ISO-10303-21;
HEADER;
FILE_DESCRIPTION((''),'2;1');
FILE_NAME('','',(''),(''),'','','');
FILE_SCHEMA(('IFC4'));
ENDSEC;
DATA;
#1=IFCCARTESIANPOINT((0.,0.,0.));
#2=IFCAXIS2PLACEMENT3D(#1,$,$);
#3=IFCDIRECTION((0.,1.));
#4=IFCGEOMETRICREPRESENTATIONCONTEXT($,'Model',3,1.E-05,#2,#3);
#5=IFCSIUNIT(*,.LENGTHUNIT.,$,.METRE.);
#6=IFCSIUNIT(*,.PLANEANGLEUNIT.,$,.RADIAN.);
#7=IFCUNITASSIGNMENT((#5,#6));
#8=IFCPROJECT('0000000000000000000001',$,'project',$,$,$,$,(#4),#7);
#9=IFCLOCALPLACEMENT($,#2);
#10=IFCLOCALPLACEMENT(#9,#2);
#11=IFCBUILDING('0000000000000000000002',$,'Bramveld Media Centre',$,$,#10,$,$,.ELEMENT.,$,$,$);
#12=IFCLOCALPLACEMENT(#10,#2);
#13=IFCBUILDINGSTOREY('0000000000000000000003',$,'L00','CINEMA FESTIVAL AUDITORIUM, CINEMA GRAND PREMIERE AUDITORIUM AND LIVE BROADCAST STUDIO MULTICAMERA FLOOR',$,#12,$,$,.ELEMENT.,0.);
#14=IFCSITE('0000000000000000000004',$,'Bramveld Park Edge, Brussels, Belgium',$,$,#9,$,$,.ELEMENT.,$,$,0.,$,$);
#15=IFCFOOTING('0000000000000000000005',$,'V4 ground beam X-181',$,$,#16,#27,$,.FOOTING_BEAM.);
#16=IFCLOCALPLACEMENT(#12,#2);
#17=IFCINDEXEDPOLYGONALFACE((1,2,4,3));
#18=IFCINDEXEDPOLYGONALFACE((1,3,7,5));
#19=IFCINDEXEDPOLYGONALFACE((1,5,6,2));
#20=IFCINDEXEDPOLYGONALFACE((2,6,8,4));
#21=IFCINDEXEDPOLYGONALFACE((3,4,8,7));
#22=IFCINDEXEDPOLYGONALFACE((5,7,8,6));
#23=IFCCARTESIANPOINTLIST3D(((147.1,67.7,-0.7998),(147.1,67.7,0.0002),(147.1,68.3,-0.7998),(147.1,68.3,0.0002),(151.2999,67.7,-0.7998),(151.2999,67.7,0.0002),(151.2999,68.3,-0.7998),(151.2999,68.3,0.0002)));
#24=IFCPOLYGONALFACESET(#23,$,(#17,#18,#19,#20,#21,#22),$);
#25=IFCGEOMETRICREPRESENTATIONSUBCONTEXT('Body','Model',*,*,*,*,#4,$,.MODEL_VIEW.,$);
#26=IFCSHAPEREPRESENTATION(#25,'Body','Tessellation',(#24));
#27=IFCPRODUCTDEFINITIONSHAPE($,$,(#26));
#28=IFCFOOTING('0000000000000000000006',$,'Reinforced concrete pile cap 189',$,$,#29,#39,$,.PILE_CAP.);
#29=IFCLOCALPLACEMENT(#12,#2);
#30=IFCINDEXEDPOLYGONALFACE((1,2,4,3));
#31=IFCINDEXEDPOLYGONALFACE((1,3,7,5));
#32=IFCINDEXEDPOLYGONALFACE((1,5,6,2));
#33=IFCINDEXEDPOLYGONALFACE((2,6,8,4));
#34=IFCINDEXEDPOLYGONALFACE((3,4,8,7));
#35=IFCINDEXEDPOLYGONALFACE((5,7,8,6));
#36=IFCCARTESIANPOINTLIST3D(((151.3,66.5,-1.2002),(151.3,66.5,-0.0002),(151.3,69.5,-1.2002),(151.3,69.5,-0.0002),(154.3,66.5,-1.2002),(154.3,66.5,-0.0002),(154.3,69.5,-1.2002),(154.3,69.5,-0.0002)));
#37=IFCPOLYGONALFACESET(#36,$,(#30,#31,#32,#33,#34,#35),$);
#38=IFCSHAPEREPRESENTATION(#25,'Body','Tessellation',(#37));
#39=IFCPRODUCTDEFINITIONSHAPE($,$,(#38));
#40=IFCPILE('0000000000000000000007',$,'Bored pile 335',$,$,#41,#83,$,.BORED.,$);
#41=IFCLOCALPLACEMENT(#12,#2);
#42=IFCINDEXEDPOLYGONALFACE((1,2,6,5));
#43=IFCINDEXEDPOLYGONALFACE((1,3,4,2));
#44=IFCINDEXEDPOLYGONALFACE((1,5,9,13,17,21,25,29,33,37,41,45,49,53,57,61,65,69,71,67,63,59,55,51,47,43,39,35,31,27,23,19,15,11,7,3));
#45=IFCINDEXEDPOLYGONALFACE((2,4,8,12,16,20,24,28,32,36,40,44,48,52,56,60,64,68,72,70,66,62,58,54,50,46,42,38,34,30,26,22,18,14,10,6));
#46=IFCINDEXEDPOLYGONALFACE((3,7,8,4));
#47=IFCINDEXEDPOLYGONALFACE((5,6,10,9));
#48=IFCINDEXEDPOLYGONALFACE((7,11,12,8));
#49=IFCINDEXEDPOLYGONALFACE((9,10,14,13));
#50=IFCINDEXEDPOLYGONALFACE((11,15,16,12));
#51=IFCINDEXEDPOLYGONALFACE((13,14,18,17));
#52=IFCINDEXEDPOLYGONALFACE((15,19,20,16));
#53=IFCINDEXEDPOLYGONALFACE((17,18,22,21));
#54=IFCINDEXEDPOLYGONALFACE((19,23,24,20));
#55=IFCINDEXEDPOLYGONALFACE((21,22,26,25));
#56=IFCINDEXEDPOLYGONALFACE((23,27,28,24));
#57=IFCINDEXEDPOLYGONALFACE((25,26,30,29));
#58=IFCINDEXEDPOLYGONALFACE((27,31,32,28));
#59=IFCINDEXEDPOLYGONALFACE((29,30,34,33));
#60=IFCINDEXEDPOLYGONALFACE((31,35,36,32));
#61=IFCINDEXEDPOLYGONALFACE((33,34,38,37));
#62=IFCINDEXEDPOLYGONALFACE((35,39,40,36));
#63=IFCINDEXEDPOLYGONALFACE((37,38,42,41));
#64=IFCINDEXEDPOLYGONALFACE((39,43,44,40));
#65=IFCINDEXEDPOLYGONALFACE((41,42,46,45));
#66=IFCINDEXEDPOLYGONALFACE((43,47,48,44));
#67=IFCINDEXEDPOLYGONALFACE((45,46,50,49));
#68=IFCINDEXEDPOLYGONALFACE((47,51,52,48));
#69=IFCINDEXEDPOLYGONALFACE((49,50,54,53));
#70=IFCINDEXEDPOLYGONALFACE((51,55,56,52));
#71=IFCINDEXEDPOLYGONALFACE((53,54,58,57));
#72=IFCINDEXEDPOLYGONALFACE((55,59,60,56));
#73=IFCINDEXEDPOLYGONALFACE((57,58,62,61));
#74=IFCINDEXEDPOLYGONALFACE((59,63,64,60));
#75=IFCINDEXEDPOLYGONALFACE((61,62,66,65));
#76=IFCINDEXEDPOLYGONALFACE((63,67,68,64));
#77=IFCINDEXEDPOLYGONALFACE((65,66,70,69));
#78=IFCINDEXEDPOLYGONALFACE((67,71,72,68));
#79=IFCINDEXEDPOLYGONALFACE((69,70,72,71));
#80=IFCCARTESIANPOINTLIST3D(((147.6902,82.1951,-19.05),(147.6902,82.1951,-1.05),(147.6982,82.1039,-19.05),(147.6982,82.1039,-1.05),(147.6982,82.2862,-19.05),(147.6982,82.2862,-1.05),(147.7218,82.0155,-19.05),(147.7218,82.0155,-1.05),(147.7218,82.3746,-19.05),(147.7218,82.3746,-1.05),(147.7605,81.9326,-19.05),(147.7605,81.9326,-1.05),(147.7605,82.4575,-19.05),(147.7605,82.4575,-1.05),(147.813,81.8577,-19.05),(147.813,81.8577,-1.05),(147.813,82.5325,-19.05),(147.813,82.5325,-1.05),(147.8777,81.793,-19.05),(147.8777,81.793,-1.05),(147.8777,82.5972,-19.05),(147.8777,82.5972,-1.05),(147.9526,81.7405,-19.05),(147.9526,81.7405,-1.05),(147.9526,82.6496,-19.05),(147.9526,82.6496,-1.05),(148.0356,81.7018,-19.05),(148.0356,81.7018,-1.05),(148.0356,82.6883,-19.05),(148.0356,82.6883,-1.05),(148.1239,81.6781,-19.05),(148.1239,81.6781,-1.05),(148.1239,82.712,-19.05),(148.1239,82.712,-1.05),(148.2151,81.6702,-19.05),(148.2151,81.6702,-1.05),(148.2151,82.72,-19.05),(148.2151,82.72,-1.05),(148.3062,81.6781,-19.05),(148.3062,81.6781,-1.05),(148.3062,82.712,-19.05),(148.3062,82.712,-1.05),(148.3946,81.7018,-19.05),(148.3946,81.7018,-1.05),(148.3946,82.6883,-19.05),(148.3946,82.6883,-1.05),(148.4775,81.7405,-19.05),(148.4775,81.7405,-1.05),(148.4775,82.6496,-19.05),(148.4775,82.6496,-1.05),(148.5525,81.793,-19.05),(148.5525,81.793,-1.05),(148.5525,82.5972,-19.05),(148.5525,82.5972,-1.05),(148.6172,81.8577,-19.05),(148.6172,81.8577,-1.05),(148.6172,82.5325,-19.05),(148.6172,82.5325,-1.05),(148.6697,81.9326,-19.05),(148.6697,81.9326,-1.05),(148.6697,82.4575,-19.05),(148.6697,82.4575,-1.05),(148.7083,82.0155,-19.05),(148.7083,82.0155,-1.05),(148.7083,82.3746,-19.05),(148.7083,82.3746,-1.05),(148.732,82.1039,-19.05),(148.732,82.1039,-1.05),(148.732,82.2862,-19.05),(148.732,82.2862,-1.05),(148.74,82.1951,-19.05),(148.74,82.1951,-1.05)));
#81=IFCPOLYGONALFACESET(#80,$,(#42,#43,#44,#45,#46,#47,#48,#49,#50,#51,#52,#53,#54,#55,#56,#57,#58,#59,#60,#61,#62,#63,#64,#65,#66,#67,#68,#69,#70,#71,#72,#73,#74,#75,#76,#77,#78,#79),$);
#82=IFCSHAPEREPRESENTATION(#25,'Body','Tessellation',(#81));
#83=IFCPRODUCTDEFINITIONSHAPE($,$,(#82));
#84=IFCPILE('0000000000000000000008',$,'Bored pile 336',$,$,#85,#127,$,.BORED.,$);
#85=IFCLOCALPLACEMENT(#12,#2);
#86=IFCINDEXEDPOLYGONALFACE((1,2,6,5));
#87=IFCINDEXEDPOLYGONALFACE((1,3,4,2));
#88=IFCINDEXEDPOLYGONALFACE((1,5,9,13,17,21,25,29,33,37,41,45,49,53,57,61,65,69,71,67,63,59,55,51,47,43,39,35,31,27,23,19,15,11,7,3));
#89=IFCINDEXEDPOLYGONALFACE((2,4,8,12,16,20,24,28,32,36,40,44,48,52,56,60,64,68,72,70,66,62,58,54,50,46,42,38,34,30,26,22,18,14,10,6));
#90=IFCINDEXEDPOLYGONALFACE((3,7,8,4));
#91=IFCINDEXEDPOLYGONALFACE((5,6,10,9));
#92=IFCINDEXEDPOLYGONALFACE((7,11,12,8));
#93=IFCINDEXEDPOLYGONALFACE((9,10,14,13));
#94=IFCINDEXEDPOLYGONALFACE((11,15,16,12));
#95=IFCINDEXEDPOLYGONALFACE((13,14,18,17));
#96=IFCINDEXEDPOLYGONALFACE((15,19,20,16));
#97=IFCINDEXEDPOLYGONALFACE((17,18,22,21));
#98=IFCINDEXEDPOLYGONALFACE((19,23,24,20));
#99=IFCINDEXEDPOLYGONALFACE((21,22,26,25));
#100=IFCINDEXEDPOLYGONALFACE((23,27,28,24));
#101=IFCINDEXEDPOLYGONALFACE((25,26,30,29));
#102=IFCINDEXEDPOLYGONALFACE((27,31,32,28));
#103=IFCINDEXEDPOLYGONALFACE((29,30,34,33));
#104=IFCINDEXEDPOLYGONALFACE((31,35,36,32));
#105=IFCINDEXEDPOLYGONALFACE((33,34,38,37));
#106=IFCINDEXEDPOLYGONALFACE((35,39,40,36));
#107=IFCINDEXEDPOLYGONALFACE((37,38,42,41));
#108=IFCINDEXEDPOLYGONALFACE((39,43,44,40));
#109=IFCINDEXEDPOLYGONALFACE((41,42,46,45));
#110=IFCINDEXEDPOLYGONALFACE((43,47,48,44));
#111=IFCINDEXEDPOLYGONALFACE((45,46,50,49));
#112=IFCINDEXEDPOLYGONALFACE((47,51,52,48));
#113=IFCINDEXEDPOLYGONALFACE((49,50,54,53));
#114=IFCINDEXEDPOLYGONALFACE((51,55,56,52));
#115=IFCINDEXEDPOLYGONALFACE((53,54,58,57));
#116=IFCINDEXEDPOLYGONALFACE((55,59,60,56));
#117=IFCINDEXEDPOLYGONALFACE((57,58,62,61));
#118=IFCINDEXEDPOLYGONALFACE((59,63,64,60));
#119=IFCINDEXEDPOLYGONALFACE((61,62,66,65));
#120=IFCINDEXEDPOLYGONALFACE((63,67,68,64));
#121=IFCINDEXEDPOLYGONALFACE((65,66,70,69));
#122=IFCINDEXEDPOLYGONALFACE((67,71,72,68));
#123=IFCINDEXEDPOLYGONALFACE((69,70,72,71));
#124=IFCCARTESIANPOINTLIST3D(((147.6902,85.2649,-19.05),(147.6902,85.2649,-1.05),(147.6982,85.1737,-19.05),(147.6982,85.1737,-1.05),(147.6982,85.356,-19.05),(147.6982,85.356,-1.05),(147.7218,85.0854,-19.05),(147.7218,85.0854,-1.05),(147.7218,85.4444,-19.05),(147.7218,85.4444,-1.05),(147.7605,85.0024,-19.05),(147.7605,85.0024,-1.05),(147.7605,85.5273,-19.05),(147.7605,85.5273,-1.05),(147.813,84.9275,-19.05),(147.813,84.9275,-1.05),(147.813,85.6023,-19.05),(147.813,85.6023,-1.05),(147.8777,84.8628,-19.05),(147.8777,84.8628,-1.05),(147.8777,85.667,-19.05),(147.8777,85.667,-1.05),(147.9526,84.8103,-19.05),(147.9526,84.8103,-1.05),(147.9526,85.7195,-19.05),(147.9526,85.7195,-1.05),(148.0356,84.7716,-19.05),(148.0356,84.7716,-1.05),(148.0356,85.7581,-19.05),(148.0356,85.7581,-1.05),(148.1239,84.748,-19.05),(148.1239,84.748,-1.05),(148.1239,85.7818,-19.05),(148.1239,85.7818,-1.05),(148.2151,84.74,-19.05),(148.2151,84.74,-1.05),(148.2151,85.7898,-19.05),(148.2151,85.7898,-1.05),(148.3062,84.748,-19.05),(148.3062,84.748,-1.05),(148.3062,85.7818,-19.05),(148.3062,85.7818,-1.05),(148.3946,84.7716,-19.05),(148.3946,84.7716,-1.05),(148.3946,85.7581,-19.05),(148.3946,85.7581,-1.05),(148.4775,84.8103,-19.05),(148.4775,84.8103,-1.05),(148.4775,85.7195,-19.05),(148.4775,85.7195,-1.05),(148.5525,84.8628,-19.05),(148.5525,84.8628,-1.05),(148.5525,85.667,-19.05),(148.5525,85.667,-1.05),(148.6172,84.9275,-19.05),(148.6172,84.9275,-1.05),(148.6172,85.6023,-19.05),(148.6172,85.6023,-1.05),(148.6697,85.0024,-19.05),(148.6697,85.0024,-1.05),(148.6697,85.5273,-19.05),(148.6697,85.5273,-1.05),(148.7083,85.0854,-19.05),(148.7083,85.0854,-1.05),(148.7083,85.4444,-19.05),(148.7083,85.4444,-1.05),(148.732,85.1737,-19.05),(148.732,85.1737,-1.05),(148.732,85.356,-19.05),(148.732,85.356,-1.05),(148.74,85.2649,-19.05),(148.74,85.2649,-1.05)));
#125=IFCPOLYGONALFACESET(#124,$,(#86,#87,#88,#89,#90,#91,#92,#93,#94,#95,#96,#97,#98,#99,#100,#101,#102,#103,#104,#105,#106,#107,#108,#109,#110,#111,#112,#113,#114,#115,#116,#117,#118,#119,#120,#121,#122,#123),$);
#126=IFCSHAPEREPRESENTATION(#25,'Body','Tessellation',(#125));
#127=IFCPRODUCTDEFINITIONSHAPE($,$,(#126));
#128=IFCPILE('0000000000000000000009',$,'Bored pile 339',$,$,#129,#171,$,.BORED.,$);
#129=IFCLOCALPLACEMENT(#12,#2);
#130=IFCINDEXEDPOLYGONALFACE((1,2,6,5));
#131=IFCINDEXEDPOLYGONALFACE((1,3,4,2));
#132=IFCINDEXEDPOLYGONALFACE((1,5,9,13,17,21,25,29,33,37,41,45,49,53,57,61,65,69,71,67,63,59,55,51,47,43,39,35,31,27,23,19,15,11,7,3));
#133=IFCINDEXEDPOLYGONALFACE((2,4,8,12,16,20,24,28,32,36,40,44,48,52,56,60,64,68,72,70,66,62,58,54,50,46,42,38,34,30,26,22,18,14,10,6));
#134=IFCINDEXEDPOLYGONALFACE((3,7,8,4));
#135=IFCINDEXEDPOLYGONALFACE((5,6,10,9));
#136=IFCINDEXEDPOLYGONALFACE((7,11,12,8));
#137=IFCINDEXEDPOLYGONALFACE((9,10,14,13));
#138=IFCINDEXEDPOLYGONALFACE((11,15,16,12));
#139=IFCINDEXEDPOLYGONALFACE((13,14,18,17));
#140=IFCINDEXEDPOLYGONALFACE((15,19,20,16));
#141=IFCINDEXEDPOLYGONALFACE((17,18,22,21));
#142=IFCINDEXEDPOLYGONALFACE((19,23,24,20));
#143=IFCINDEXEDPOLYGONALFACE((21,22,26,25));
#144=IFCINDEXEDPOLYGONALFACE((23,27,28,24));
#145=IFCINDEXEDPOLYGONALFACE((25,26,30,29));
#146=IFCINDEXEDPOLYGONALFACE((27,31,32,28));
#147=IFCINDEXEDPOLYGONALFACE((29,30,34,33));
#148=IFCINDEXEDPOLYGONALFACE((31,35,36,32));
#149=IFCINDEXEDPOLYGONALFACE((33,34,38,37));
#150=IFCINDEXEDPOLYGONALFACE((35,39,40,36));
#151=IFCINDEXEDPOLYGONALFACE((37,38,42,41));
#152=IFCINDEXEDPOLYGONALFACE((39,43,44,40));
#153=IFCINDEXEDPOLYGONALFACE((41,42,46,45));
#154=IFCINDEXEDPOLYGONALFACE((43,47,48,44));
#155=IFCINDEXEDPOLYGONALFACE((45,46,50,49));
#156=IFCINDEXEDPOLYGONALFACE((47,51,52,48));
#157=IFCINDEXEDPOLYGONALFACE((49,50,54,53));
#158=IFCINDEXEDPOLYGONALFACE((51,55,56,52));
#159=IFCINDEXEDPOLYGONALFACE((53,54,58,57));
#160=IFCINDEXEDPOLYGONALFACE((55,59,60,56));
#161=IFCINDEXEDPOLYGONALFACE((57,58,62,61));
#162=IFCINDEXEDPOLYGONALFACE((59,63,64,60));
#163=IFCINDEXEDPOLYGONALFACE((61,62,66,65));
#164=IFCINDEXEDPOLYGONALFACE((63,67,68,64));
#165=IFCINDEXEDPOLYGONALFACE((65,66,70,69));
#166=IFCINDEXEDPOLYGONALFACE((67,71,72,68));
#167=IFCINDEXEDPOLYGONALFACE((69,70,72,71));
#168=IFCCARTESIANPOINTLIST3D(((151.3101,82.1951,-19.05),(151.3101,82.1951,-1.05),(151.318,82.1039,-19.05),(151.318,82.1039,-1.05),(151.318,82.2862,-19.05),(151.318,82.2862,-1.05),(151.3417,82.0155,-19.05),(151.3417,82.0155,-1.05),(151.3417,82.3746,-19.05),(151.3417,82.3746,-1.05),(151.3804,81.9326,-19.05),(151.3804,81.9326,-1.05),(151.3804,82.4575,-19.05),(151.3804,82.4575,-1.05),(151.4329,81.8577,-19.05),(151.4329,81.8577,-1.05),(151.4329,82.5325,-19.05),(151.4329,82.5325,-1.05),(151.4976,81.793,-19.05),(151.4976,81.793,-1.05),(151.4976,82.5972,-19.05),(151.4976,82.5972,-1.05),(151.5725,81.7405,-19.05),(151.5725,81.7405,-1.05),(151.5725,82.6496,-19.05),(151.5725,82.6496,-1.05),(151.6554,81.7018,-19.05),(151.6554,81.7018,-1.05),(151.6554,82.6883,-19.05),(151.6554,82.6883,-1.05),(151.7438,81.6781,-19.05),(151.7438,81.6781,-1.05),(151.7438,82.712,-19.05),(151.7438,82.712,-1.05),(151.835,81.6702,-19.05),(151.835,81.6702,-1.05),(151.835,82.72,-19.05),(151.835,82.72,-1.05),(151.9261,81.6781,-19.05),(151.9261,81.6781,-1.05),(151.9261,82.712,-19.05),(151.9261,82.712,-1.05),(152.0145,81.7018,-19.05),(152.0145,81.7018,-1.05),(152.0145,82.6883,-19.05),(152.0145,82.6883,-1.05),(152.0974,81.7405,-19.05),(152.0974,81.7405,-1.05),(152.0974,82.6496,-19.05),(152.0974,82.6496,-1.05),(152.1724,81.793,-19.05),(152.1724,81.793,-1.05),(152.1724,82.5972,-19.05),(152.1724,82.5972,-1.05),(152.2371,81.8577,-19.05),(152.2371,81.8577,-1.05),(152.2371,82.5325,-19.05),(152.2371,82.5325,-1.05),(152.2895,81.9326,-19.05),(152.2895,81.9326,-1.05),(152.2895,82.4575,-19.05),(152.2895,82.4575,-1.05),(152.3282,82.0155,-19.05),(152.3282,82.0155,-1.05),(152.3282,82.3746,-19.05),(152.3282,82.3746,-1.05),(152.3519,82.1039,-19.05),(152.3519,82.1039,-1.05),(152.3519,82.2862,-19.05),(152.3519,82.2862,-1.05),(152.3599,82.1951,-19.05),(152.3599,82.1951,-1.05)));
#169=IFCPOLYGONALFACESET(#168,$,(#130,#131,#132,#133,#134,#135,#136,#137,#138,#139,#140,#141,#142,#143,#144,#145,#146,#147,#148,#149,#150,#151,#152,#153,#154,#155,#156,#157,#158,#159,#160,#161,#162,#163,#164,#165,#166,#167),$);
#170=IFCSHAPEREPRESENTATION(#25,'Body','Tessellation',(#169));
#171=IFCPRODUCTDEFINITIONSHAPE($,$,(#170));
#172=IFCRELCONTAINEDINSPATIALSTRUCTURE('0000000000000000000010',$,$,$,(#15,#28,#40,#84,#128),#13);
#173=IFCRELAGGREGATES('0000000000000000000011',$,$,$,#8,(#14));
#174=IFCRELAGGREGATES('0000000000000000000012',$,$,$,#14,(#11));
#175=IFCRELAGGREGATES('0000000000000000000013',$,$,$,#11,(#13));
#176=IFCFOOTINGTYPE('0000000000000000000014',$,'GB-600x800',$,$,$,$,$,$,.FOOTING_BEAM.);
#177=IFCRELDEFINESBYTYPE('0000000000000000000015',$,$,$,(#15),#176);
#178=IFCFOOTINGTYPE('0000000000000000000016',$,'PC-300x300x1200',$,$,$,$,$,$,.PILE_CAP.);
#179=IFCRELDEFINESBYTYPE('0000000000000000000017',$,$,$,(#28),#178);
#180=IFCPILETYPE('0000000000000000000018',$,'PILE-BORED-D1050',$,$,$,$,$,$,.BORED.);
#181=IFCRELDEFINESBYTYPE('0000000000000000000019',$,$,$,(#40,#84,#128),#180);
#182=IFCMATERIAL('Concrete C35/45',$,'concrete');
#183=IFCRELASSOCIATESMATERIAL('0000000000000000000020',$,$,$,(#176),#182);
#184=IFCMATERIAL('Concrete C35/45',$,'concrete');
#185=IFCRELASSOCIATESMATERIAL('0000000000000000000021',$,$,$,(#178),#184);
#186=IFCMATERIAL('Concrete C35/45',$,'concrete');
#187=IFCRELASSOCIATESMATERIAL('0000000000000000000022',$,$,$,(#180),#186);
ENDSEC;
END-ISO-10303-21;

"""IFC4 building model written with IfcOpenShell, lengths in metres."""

from ifc_helpers import new_model, si_unit, direction, frame, origin, origin_2d, place, context, subcontext, project, spatial, rectangle, circle, extrude, material, material_profile, profile_set, type_object, element, save


model = new_model("IFC4")

# Units and contexts
model_context = context("Model", 3, precision=1e-05, world=origin(), true_north=direction((0.0, 1.0)))
body_context = subcontext(model_context, "Body", "Model", "MODEL_VIEW")
ifc_project = project(units=[si_unit("LENGTHUNIT", "METRE"), si_unit("PLANEANGLEUNIT", "RADIAN")], contexts=[model_context])

# Site, building, storey
site_placement = place(None, origin())
site = spatial("IfcSite", under=ifc_project, at=site_placement, Name="Bramveld Park Edge, Brussels, Belgium", CompositionType="ELEMENT", RefElevation=0.0)
building_placement = place(site_placement, origin())
building = spatial("IfcBuilding", under=site, at=building_placement, Name="Bramveld Media Centre", CompositionType="ELEMENT")
storey_placement = place(building_placement, origin())
storey = spatial("IfcBuildingStorey", under=building, at=storey_placement, Name="L00", Description="CINEMA FESTIVAL AUDITORIUM, CINEMA GRAND PREMIERE AUDITORIUM AND LIVE BROADCAST STUDIO MULTICAMERA FLOOR", CompositionType="ELEMENT", Elevation=0.0)

# Footings
ifc_material_1 = material(Name="Concrete C35/45", Category="concrete")
footing_type_1 = type_object("IfcFootingType", Name="GB-600x800", PredefinedType="FOOTING_BEAM", material=ifc_material_1)
footing_1_placement = place(storey_placement, frame((149.2, 68.0, -0.7998), z_axis=(0.0, 0.0, 1.0), x_axis=(1.0, 0.0, 0.0)))
element("IfcFooting", 1, at=footing_1_placement, inside=storey, type_object=footing_type_1, Name="V4 ground beam X-181", PredefinedType="FOOTING_BEAM", context=body_context, shape_type="SweptSolid", body=[
    extrude(rectangle(XDim=4.2, YDim=0.6001, at=origin_2d()), origin(), (0.0, 0.0, 1.0), 0.8),
])
ifc_material_2 = material(Name="Concrete C35/45", Category="concrete")
footing_type_2 = type_object("IfcFootingType", Name="PC-300x300x1200", PredefinedType="PILE_CAP", material=ifc_material_2)
footing_2_placement = place(storey_placement, frame((152.8, 68.0, -1.2002), z_axis=(0.0, 0.0, 1.0), x_axis=(1.0, 0.0, 0.0)))
element("IfcFooting", 2, at=footing_2_placement, inside=storey, type_object=footing_type_2, Name="Reinforced concrete pile cap 189", PredefinedType="PILE_CAP", context=body_context, shape_type="SweptSolid", body=[
    extrude(rectangle(XDim=3.0, YDim=3.0, at=origin_2d()), origin(), (0.0, 0.0, 1.0), 1.2),
])

# Piles
ifc_material_3 = material(Name="Concrete C35/45", Category="concrete")
ifc_material_profile_1 = material_profile(ifc_material_3, circle(Radius=0.5249, at=origin_2d()), Name="BORED D1050")
ifc_profile_set_1 = profile_set([ifc_material_profile_1], Name="Concrete C35/45")
pile_type_1 = type_object("IfcPileType", Name="PILE-BORED-D1050", PredefinedType="BORED", material=ifc_profile_set_1)
for number, where, z_axis, x_axis, name in (
    (3, (148.2151, 82.1951, -1.05), (0.0, 0.0, -1.0), (1.0, 0.0, 0.0), "Bored pile 335"),
    (4, (148.2151, 85.2649, -1.05), (0.0, 0.0, -1.0), (1.0, 0.0, 0.0), "Bored pile 336"),
    (5, (151.835, 82.1951, -1.05), (0.0, 0.0, -1.0), (1.0, 0.0, 0.0), "Bored pile 339"),
):
    element("IfcPile", number, at=place(storey_placement, frame(where, z_axis=z_axis, x_axis=x_axis)), inside=storey, type_object=pile_type_1, Name=name, PredefinedType="BORED", context=body_context, shape_type="SweptSolid", body=[
        extrude(circle(Radius=0.5249, at=origin_2d()), origin(), (0.0, 0.0, 1.0), 18.0),
    ])

save(model, "model.ifc")
